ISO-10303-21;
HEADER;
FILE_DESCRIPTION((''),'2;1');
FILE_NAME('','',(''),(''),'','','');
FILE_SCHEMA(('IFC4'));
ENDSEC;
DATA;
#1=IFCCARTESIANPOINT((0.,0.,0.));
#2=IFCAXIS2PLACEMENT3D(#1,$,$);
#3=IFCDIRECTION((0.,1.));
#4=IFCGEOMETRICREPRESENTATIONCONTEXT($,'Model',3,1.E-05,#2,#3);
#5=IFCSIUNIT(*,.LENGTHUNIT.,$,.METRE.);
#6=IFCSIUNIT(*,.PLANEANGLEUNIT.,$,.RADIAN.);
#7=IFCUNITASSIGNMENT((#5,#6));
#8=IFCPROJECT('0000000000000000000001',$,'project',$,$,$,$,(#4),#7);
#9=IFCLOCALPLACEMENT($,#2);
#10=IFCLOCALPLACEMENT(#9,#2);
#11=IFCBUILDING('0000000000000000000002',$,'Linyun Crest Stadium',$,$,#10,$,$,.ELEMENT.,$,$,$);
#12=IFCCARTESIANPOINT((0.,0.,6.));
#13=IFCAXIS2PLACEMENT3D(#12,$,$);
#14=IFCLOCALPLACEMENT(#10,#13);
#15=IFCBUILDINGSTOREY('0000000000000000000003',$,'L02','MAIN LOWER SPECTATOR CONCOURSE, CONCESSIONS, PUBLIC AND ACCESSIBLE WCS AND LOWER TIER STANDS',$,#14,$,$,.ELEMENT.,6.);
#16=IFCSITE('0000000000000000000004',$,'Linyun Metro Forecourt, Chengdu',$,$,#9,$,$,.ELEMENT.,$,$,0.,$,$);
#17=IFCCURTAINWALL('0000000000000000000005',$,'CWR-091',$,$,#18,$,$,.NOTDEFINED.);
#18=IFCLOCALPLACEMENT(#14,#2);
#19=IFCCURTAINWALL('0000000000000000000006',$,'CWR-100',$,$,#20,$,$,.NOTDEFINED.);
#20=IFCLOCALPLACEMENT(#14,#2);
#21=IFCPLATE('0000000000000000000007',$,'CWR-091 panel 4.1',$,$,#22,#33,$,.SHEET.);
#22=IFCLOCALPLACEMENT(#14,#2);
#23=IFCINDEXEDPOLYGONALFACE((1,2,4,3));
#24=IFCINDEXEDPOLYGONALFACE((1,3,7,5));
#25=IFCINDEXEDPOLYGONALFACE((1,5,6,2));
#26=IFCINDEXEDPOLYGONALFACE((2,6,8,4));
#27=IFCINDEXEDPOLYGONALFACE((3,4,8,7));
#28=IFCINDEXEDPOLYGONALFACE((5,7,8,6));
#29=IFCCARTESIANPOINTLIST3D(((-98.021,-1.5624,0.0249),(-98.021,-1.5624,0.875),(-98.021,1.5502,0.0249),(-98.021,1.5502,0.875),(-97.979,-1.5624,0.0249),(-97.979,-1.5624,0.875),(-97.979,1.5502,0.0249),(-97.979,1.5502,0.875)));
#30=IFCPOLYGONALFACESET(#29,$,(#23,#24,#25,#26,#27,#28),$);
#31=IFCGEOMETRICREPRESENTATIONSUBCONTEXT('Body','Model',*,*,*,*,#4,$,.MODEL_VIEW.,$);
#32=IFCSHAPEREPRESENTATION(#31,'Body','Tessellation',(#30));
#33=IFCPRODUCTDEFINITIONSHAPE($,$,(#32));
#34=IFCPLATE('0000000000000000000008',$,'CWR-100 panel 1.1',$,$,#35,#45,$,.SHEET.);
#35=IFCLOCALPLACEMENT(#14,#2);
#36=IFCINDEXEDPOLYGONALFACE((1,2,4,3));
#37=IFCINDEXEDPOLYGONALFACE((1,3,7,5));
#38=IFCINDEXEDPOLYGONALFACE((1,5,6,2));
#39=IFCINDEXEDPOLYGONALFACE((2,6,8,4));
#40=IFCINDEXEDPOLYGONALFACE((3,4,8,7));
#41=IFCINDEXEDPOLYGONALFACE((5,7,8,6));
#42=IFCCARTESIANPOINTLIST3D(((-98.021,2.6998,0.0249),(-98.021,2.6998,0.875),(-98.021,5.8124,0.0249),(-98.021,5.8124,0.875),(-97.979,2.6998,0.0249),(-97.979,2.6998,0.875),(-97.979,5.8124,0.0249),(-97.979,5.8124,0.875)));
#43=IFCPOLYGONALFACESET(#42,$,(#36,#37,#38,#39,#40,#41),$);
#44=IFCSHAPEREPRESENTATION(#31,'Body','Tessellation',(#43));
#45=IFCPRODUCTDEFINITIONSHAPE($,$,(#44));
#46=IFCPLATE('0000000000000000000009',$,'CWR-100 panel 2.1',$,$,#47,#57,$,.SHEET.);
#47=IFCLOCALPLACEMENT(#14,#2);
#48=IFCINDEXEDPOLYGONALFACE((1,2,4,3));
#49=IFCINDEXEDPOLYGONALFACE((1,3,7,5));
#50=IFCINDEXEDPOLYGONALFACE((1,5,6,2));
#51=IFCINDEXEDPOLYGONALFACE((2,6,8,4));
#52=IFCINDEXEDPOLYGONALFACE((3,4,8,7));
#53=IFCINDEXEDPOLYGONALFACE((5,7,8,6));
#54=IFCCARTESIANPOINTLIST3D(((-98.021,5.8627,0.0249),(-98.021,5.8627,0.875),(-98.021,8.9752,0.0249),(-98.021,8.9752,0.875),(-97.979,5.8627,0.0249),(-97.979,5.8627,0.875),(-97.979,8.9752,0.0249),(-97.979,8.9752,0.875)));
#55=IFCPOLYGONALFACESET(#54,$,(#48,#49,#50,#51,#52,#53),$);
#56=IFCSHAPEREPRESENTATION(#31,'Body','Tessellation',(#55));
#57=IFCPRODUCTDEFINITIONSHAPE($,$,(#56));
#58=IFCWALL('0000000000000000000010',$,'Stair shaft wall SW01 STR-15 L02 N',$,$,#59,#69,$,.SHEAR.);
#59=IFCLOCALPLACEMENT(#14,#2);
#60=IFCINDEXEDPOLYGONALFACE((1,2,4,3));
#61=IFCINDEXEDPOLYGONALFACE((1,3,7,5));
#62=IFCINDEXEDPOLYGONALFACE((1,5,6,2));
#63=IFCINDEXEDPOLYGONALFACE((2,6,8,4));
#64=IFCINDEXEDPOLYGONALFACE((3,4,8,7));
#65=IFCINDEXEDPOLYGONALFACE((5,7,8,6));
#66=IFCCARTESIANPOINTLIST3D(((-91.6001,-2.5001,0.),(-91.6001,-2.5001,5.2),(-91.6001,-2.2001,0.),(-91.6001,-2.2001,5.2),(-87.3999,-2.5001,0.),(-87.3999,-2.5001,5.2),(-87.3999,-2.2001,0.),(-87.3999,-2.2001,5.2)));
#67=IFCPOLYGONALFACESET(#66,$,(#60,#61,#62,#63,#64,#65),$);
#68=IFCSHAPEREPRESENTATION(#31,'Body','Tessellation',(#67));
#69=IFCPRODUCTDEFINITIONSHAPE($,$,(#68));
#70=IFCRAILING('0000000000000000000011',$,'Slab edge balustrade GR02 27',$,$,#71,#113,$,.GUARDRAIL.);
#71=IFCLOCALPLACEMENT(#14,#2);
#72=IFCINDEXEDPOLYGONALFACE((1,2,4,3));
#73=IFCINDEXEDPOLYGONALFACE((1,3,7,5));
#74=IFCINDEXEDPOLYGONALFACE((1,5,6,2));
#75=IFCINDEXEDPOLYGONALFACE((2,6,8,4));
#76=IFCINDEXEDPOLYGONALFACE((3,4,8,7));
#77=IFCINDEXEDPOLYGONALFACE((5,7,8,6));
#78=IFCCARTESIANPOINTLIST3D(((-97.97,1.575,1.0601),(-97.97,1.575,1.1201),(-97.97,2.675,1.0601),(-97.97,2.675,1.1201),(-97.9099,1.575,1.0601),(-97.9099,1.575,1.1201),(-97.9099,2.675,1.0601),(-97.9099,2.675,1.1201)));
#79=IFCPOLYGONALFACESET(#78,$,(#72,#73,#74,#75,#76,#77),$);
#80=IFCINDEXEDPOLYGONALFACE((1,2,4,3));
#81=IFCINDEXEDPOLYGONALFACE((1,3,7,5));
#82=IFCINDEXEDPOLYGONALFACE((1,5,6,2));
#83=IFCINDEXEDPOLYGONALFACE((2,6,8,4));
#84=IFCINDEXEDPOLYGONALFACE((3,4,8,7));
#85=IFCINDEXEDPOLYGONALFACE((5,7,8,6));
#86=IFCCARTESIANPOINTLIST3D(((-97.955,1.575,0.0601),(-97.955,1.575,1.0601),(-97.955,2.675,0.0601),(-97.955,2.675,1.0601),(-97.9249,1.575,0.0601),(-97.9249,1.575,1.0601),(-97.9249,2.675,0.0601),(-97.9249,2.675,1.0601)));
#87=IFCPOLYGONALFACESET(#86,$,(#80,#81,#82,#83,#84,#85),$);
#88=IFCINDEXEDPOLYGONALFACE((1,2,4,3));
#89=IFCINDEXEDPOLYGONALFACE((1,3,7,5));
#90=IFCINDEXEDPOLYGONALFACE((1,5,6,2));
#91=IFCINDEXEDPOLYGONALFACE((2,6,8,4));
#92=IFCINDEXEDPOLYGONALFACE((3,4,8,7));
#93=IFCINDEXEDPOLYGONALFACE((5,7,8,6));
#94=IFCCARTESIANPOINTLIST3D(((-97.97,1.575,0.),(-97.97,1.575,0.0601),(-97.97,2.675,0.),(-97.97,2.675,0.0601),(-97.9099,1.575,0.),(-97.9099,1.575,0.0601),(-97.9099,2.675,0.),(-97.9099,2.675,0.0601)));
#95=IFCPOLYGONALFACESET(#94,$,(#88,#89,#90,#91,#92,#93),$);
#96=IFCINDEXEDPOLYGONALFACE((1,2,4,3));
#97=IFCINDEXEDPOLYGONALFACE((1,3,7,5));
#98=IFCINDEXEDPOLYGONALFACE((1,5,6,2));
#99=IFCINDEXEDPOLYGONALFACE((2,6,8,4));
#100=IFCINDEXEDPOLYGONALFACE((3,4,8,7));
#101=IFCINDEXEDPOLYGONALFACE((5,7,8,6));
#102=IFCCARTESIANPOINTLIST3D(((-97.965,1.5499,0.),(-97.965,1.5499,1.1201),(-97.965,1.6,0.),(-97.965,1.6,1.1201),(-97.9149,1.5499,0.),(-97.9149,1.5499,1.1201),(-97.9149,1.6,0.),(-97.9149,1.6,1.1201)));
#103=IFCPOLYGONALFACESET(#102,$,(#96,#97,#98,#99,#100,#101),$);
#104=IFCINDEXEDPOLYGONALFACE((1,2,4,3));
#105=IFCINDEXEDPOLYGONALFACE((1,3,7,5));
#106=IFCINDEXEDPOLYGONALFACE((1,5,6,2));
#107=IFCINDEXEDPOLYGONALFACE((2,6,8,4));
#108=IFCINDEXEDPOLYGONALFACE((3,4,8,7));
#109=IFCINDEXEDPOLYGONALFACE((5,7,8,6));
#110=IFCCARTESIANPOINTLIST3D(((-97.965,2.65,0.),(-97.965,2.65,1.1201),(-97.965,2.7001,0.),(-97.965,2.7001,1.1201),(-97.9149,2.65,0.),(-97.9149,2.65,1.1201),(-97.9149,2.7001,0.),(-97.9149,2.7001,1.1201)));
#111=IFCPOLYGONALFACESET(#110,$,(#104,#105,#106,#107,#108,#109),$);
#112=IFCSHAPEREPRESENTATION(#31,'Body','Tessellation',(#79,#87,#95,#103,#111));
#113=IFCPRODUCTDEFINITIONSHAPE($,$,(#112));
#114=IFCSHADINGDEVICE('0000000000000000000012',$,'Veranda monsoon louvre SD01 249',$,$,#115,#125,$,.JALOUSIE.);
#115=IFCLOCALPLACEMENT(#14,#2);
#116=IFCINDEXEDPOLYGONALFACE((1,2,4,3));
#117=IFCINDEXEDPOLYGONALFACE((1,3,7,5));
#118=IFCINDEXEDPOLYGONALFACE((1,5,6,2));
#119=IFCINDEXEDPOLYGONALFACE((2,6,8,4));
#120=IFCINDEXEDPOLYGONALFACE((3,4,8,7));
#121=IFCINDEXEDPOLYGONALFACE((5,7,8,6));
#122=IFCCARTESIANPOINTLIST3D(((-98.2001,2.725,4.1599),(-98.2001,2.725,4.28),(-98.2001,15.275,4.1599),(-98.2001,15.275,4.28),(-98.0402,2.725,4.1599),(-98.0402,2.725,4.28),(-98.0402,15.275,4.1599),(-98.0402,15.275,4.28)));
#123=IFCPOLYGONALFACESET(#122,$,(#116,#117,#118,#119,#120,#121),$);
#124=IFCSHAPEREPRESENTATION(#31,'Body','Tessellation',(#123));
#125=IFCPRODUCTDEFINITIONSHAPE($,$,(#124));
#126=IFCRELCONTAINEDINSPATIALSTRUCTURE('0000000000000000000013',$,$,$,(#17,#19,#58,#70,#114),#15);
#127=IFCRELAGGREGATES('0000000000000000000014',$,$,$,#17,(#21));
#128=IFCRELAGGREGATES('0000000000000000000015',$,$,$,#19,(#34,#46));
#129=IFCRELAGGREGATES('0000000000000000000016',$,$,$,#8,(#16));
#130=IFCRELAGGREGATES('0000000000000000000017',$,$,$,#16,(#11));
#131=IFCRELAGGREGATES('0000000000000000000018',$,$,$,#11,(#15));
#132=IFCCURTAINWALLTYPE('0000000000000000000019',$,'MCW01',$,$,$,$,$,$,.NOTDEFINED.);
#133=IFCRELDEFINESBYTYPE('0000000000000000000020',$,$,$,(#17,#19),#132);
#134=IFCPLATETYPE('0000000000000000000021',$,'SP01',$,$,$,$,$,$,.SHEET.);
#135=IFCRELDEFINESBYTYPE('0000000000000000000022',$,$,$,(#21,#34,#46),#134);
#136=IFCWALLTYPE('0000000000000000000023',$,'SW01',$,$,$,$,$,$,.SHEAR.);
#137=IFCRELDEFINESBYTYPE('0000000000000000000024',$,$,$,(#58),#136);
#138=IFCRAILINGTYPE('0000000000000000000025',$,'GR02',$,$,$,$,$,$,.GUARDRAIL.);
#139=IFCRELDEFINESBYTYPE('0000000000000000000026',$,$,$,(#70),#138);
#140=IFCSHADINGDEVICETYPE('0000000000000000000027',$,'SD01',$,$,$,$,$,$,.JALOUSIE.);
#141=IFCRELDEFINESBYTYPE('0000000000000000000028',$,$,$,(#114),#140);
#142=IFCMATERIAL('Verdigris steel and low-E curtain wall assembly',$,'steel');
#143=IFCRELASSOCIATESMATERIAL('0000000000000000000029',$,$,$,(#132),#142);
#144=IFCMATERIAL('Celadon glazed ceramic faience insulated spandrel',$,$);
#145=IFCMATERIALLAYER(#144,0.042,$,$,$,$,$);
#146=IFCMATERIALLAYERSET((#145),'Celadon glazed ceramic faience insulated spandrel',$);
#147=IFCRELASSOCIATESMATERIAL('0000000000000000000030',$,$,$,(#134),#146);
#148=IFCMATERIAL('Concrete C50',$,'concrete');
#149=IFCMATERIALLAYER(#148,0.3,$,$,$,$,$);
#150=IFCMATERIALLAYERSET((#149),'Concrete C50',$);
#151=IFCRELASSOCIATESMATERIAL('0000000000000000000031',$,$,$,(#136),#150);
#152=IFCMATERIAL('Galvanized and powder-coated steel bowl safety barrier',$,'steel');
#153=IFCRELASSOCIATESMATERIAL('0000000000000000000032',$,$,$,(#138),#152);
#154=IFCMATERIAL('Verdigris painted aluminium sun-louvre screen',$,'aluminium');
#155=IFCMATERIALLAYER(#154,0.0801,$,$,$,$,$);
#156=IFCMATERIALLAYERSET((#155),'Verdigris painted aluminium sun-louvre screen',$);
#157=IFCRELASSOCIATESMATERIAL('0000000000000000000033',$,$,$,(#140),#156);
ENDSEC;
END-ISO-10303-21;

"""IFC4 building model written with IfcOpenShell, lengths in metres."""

from ifc_helpers import new_model, si_unit, direction, frame, frame_2d, origin, origin_2d, place, context, subcontext, project, spatial, rectangle, extrude, material, layer, layer_set, type_object, element, aggregate, save


model = new_model("IFC4")

# Units and contexts
model_context = context("Model", 3, precision=1e-05, world=origin(), true_north=direction((0.0, 1.0)))
body_context = subcontext(model_context, "Body", "Model", "MODEL_VIEW")
ifc_project = project(units=[si_unit("LENGTHUNIT", "METRE"), si_unit("PLANEANGLEUNIT", "RADIAN")], contexts=[model_context])

# Site, building, storey
site_placement = place(None, origin())
site = spatial("IfcSite", under=ifc_project, at=site_placement, Name="Linyun Metro Forecourt, Chengdu", CompositionType="ELEMENT", RefElevation=0.0)
building_placement = place(site_placement, origin())
building = spatial("IfcBuilding", under=site, at=building_placement, Name="Linyun Crest Stadium", CompositionType="ELEMENT")
storey_placement = place(building_placement, frame((0.0, 0.0, 6.0)))
storey = spatial("IfcBuildingStorey", under=building, at=storey_placement, Name="L02", Description="MAIN LOWER SPECTATOR CONCOURSE, CONCESSIONS, PUBLIC AND ACCESSIBLE WCS AND LOWER TIER STANDS", CompositionType="ELEMENT", Elevation=6.0)

# Curtain walls
ifc_material_1 = material(Name="Verdigris steel and low-E curtain wall assembly", Category="steel")
curtain_wall_type = type_object("IfcCurtainWallType", Name="MCW01", PredefinedType="NOTDEFINED", material=ifc_material_1)
curtain_wall_1_placement = place(storey_placement, origin())
curtain_wall_1 = element("IfcCurtainWall", 1, at=curtain_wall_1_placement, inside=storey, type_object=curtain_wall_type, Name="CWR-091", PredefinedType="NOTDEFINED")
curtain_wall_2_placement = place(storey_placement, origin())
curtain_wall_2 = element("IfcCurtainWall", 2, at=curtain_wall_2_placement, inside=storey, type_object=curtain_wall_type, Name="CWR-100", PredefinedType="NOTDEFINED")

# Plates
ifc_material_2 = material(Name="Celadon glazed ceramic faience insulated spandrel")
ifc_layer_1 = layer(ifc_material_2, 0.042)
ifc_layer_set_1 = layer_set([ifc_layer_1], Name="Celadon glazed ceramic faience insulated spandrel")
plate_type_1 = type_object("IfcPlateType", Name="SP01", PredefinedType="SHEET", material=ifc_layer_set_1)
plate_1_placement = place(storey_placement, frame((-98.0, -0.0061, 0.0249), z_axis=(0.0, 0.0, 1.0), x_axis=(0.0, 1.0, 0.0)))
plate_1 = element("IfcPlate", 3, at=plate_1_placement, type_object=plate_type_1, Name="CWR-091 panel 4.1", PredefinedType="SHEET", context=body_context, shape_type="SweptSolid", body=[
    extrude(rectangle(XDim=3.1125, YDim=0.042, at=origin_2d()), origin(), (0.0, 0.0, 1.0), 0.8501),
])
aggregate(curtain_wall_1, [plate_1])
plate_2_placement = place(storey_placement, frame((-98.0, 4.2561, 0.0249), z_axis=(0.0, 0.0, 1.0), x_axis=(0.0, 1.0, 0.0)))
plate_2 = element("IfcPlate", 4, at=plate_2_placement, type_object=plate_type_1, Name="CWR-100 panel 1.1", PredefinedType="SHEET", context=body_context, shape_type="SweptSolid", body=[
    extrude(rectangle(XDim=3.1125, YDim=0.042, at=origin_2d()), origin(), (0.0, 0.0, 1.0), 0.8501),
])
plate_3_placement = place(storey_placement, frame((-98.0, 7.4189, 0.0249), z_axis=(0.0, 0.0, 1.0), x_axis=(0.0, 1.0, 0.0)))
plate_3 = element("IfcPlate", 5, at=plate_3_placement, type_object=plate_type_1, Name="CWR-100 panel 2.1", PredefinedType="SHEET", context=body_context, shape_type="SweptSolid", body=[
    extrude(rectangle(XDim=3.1125, YDim=0.042, at=origin_2d()), origin(), (0.0, 0.0, 1.0), 0.8501),
])
aggregate(curtain_wall_2, [plate_2, plate_3])

# Wall
ifc_material_3 = material(Name="Concrete C50", Category="concrete")
ifc_layer_2 = layer(ifc_material_3, 0.3)
ifc_layer_set_2 = layer_set([ifc_layer_2], Name="Concrete C50")
wall_type = type_object("IfcWallType", Name="SW01", PredefinedType="SHEAR", material=ifc_layer_set_2)
wall_placement = place(storey_placement, frame((-91.6001, -2.3501, 0.0), z_axis=(0.0, 0.0, 1.0), x_axis=(1.0, 0.0, 0.0)))
element("IfcWall", 6, at=wall_placement, inside=storey, type_object=wall_type, Name="Stair shaft wall SW01 STR-15 L02 N", PredefinedType="SHEAR", context=body_context, shape_type="SweptSolid", body=[
    extrude(rectangle(XDim=4.2002, YDim=0.3, at=frame_2d((2.1001, 0.0))), origin(), (0.0, 0.0, 1.0), 5.2),
])

# Railing
ifc_material_4 = material(Name="Galvanized and powder-coated steel bowl safety barrier", Category="steel")
railing_type = type_object("IfcRailingType", Name="GR02", PredefinedType="GUARDRAIL", material=ifc_material_4)
railing_placement = place(storey_placement, frame((-97.9399, 1.575, 0.0)))
element("IfcRailing", 7, at=railing_placement, inside=storey, type_object=railing_type, Name="Slab edge balustrade GR02 27", PredefinedType="GUARDRAIL", context=body_context, shape_type="SweptSolid", body=[
    extrude(rectangle(XDim=0.0601, YDim=0.0601, at=origin_2d()), frame((0.0, 0.0, 1.0901), z_axis=(0.0, 1.0, 0.0), x_axis=(-1.0, 0.0, 0.0)), (0.0, 0.0, 1.0), 1.1001),
    extrude(rectangle(XDim=0.03, YDim=1.0, at=origin_2d()), frame((0.0, 0.0, 0.5601), z_axis=(0.0, 1.0, 0.0), x_axis=(-1.0, 0.0, 0.0)), (0.0, 0.0, 1.0), 1.1001),
    extrude(rectangle(XDim=0.0601, YDim=0.0601, at=origin_2d()), frame((0.0, 0.0, 0.03), z_axis=(0.0, 1.0, 0.0), x_axis=(-1.0, 0.0, 0.0)), (0.0, 0.0, 1.0), 1.1001),
    extrude(rectangle(XDim=0.05, YDim=0.05, at=origin_2d()), origin(), (0.0, 0.0, 1.0), 1.1201),
    extrude(rectangle(XDim=0.05, YDim=0.05, at=origin_2d()), frame((0.0, 1.1001, 0.0)), (0.0, 0.0, 1.0), 1.1201),
])

# Shading device
ifc_material_5 = material(Name="Verdigris painted aluminium sun-louvre screen", Category="aluminium")
ifc_layer_3 = layer(ifc_material_5, 0.0801)
ifc_layer_set_3 = layer_set([ifc_layer_3], Name="Verdigris painted aluminium sun-louvre screen")
shading_device_type = type_object("IfcShadingDeviceType", Name="SD01", PredefinedType="JALOUSIE", material=ifc_layer_set_3)
shading_device_placement = place(storey_placement, frame((-98.1201, 9.0, 4.1599), z_axis=(0.0, 0.0, 1.0), x_axis=(1.0, 0.0, 0.0)))
element("IfcShadingDevice", 8, at=shading_device_placement, inside=storey, type_object=shading_device_type, Name="Veranda monsoon louvre SD01 249", PredefinedType="JALOUSIE", context=body_context, shape_type="SweptSolid", body=[
    extrude(rectangle(XDim=0.1599, YDim=12.55, at=origin_2d()), origin(), (0.0, 0.0, 1.0), 0.1201),
])

save(model, "model.ifc")
